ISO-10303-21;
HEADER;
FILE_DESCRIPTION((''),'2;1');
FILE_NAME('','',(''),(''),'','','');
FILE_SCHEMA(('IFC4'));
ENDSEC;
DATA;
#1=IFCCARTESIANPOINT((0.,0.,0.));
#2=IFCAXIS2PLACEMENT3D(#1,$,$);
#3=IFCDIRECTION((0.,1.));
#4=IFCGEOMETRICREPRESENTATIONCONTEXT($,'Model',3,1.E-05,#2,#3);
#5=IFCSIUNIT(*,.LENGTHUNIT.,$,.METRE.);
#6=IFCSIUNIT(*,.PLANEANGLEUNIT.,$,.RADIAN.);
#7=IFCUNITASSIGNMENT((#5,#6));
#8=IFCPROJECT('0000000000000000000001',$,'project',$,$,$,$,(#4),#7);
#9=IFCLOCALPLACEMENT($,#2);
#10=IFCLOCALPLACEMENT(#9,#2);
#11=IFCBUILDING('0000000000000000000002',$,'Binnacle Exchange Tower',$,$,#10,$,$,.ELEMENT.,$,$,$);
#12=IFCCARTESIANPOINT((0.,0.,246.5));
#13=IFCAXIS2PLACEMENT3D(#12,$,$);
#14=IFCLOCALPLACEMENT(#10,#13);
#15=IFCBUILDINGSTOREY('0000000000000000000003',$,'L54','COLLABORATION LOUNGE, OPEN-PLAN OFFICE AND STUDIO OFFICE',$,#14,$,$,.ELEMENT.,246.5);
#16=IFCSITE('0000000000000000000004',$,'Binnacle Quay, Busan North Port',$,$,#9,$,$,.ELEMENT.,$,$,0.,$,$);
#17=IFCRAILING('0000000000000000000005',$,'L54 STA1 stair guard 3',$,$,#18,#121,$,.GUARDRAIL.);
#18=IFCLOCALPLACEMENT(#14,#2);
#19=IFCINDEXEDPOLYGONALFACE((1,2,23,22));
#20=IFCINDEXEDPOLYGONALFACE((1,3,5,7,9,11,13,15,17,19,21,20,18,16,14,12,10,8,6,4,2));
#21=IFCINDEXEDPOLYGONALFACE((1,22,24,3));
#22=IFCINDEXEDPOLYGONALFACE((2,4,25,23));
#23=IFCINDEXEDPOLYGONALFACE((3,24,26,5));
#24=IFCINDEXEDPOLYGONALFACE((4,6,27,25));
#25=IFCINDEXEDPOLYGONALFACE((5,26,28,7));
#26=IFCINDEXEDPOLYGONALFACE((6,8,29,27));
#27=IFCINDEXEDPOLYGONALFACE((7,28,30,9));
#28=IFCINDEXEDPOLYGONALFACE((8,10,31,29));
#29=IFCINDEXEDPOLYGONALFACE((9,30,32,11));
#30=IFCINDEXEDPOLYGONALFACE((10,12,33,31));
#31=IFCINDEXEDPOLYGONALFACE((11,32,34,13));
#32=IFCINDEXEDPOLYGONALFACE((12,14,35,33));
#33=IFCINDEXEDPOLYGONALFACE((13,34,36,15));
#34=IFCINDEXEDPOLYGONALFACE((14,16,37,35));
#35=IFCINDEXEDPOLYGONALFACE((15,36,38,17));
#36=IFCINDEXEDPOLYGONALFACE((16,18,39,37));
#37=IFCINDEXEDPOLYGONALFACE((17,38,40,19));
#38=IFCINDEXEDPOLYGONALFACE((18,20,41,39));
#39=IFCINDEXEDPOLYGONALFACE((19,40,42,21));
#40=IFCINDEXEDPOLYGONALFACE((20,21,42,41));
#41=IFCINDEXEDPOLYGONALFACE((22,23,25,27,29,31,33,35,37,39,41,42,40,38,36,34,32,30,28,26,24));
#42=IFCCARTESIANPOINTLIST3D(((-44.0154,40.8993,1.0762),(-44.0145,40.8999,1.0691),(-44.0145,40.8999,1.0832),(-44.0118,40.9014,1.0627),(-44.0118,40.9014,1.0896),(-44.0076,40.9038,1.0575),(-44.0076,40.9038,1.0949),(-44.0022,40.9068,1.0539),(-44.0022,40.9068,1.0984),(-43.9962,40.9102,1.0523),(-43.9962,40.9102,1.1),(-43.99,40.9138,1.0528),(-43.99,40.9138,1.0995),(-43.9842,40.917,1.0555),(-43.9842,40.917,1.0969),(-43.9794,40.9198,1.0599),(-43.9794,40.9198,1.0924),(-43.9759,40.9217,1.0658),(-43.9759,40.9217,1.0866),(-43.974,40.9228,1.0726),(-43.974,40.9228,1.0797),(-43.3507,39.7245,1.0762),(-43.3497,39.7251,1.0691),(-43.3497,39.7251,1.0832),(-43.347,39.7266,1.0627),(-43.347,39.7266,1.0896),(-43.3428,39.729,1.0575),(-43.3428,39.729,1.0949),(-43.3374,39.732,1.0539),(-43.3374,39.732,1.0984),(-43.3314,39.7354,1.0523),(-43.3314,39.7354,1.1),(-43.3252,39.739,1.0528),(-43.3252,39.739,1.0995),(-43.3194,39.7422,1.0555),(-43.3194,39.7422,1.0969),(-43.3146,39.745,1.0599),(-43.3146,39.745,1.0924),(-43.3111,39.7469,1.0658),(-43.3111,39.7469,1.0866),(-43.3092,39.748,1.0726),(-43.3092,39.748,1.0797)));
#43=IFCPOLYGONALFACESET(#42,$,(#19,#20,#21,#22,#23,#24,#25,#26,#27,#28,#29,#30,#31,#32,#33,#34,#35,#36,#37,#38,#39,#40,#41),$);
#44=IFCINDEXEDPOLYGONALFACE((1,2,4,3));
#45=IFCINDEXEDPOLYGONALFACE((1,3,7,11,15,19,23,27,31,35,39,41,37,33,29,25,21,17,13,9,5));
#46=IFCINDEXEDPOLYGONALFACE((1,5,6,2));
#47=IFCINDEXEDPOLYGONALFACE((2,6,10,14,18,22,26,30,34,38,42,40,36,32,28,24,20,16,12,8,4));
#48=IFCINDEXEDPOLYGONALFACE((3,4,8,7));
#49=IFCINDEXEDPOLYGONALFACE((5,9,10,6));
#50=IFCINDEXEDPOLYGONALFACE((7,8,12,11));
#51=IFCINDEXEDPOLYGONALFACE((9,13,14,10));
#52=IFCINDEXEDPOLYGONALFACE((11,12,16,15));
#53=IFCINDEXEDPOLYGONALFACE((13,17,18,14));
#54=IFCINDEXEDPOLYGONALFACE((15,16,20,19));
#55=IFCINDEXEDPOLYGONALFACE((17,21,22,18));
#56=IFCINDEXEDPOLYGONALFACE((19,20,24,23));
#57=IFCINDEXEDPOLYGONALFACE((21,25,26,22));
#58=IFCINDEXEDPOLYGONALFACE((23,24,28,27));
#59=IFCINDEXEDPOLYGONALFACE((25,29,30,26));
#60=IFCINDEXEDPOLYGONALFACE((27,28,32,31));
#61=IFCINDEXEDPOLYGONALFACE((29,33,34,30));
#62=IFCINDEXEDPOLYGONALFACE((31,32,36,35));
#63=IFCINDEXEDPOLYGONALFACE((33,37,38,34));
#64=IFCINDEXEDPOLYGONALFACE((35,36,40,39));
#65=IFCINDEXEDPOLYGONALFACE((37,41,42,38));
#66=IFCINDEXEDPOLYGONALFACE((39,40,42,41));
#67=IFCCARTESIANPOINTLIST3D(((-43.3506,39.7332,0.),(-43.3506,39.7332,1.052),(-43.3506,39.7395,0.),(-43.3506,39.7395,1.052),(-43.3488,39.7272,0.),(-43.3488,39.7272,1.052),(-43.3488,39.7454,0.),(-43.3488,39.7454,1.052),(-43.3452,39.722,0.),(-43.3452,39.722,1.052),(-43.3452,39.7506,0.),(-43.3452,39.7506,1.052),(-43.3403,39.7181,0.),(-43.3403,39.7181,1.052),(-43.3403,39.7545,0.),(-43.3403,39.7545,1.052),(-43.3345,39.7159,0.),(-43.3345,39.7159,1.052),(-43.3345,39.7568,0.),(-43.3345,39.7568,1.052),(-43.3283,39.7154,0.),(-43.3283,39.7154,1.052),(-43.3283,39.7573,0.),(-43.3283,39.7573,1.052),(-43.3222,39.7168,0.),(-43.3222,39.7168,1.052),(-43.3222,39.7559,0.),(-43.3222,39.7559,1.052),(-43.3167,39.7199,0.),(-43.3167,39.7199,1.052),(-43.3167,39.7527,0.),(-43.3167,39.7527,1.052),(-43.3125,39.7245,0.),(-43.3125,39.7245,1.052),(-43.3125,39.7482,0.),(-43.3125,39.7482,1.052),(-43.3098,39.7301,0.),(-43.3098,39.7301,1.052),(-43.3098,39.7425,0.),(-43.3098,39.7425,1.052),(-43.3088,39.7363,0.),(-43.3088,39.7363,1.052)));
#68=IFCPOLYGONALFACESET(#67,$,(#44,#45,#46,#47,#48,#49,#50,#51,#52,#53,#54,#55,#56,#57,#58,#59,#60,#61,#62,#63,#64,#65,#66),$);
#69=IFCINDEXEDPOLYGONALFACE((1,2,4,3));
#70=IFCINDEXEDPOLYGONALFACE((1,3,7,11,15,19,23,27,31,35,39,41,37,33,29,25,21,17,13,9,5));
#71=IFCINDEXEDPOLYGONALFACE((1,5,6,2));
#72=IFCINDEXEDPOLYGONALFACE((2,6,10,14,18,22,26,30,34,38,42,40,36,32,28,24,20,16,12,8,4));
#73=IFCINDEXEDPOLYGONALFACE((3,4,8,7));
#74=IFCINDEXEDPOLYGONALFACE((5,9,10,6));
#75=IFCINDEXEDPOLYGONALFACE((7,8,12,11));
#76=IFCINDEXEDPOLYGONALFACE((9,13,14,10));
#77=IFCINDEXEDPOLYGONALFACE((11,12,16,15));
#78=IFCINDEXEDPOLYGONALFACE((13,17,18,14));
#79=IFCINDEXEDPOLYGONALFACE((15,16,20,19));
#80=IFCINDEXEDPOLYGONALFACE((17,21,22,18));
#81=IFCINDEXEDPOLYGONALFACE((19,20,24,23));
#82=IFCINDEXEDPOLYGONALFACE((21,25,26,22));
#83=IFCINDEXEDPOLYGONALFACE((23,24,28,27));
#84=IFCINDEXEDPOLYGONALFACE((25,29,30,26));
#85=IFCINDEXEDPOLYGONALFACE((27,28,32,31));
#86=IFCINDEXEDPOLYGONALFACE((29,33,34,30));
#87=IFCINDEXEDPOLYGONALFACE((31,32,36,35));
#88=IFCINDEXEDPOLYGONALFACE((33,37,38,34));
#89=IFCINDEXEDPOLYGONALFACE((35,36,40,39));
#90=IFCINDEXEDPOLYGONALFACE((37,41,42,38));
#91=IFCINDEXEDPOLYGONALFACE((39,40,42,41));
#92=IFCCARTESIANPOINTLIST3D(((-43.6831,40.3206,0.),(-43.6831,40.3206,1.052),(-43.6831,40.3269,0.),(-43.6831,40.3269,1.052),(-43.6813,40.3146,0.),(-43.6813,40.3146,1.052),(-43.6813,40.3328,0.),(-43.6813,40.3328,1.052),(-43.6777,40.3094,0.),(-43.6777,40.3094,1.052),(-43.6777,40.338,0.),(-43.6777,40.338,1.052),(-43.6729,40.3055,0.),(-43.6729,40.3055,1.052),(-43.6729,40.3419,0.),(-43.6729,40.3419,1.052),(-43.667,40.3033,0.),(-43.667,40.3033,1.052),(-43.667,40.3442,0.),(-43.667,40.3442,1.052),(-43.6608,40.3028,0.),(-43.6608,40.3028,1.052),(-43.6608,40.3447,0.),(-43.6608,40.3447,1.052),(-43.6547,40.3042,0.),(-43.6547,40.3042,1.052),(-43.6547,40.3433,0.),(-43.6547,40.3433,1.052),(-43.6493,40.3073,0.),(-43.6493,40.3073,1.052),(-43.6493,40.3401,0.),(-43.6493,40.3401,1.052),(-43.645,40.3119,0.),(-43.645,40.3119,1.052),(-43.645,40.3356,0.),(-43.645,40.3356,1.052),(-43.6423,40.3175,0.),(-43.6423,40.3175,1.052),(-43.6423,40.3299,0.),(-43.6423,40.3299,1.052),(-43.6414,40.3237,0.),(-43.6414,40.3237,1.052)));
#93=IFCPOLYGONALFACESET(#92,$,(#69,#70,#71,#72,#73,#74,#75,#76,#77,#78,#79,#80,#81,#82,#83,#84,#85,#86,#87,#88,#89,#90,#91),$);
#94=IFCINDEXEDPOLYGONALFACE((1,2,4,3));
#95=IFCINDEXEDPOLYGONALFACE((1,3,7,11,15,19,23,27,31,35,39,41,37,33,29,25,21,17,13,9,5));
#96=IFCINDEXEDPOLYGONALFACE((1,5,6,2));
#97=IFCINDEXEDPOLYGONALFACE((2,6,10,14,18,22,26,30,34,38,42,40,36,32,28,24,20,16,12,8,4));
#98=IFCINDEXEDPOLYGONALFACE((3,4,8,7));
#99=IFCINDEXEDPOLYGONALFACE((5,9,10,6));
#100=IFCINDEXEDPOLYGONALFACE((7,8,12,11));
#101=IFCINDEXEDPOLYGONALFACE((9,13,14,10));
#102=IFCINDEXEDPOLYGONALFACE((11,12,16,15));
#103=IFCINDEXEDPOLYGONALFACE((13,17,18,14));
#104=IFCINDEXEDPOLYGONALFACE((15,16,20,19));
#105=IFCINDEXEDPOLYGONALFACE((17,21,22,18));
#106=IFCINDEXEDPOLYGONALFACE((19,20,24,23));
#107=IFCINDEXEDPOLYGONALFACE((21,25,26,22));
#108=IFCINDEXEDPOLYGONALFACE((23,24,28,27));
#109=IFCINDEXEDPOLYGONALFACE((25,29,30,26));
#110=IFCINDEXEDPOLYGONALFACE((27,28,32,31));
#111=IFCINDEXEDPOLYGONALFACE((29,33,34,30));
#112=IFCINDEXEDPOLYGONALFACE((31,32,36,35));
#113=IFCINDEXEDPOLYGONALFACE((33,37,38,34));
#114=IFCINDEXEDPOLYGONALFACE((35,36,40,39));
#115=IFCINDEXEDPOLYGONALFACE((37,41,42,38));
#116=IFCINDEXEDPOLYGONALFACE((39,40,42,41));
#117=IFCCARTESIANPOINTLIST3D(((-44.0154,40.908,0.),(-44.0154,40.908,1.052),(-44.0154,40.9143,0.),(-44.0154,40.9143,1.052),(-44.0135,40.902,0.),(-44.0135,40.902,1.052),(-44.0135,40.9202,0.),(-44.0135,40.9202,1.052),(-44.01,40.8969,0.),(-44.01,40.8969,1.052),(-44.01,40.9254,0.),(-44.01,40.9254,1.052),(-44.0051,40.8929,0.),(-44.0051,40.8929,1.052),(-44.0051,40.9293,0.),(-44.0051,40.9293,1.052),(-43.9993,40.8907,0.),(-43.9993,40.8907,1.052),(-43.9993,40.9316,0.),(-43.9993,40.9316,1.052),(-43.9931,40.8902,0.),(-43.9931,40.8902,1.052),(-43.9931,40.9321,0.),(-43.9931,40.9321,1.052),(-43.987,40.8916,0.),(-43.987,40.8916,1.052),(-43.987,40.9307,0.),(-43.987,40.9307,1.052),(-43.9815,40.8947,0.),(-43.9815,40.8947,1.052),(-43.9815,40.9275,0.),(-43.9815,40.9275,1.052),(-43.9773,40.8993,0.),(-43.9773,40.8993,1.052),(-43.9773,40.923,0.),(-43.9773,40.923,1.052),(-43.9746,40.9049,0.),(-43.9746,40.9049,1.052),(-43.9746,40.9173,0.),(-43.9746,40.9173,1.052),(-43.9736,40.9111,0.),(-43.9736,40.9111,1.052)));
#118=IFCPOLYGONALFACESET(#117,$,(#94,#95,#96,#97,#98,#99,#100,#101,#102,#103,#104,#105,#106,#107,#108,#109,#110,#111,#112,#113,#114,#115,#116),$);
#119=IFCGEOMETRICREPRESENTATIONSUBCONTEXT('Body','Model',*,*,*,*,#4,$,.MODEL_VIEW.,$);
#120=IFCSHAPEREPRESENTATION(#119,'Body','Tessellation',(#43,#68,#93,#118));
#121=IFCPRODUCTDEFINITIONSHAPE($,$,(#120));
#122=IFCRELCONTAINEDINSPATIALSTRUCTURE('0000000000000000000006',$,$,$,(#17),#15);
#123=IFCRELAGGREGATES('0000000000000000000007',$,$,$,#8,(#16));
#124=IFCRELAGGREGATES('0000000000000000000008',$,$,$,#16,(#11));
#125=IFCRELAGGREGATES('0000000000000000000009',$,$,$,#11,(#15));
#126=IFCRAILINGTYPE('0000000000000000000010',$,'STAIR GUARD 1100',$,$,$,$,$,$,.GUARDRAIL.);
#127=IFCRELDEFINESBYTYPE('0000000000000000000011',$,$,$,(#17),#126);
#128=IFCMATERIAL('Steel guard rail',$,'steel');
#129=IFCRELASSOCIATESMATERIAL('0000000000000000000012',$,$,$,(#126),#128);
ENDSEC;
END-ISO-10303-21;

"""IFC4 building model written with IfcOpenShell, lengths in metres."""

from ifc_helpers import new_model, si_unit, direction, frame, origin, origin_2d, place, context, subcontext, project, spatial, circle, extrude, material, type_object, element, save


model = new_model("IFC4")

# Units and contexts
model_context = context("Model", 3, precision=1e-05, world=origin(), true_north=direction((0.0, 1.0)))
body_context = subcontext(model_context, "Body", "Model", "MODEL_VIEW")
ifc_project = project(units=[si_unit("LENGTHUNIT", "METRE"), si_unit("PLANEANGLEUNIT", "RADIAN")], contexts=[model_context])

# Site, building, storey
site_placement = place(None, origin())
site = spatial("IfcSite", under=ifc_project, at=site_placement, Name="Binnacle Quay, Busan North Port", CompositionType="ELEMENT", RefElevation=0.0)
building_placement = place(site_placement, origin())
building = spatial("IfcBuilding", under=site, at=building_placement, Name="Binnacle Exchange Tower", CompositionType="ELEMENT")
storey_placement = place(building_placement, frame((0.0, 0.0, 246.5)))
storey = spatial("IfcBuildingStorey", under=building, at=storey_placement, Name="L54", Description="COLLABORATION LOUNGE, OPEN-PLAN OFFICE AND STUDIO OFFICE", CompositionType="ELEMENT", Elevation=246.5)

# Railing
ifc_material_1 = material(Name="Steel guard rail", Category="steel")
railing_type = type_object("IfcRailingType", Name="STAIR GUARD 1100", PredefinedType="GUARDRAIL", material=ifc_material_1)
railing_1_placement = place(storey_placement, frame((-43.3298, 39.7363, 0.0)))
element("IfcRailing", 1, at=railing_1_placement, inside=storey, type_object=railing_type, Name="L54 STA1 stair guard 3", PredefinedType="GUARDRAIL", context=body_context, shape_type="SweptSolid", body=[
    extrude(circle(Radius=0.0239, at=origin_2d()), frame((0.0, 0.0, 1.0762), z_axis=(-0.492492, 0.870317, 0.0), x_axis=(-0.870317, -0.492492, 0.0)), (0.0, 0.0, 1.0), 1.3499),
    extrude(circle(Radius=0.021, at=origin_2d()), origin(), (0.0, 0.0, 1.0), 1.052),
    extrude(circle(Radius=0.021, at=origin_2d()), frame((-0.3325, 0.5874, 0.0)), (0.0, 0.0, 1.0), 1.052),
    extrude(circle(Radius=0.021, at=origin_2d()), frame((-0.6648, 1.1748, 0.0)), (0.0, 0.0, 1.0), 1.052),
])

save(model, "model.ifc")
